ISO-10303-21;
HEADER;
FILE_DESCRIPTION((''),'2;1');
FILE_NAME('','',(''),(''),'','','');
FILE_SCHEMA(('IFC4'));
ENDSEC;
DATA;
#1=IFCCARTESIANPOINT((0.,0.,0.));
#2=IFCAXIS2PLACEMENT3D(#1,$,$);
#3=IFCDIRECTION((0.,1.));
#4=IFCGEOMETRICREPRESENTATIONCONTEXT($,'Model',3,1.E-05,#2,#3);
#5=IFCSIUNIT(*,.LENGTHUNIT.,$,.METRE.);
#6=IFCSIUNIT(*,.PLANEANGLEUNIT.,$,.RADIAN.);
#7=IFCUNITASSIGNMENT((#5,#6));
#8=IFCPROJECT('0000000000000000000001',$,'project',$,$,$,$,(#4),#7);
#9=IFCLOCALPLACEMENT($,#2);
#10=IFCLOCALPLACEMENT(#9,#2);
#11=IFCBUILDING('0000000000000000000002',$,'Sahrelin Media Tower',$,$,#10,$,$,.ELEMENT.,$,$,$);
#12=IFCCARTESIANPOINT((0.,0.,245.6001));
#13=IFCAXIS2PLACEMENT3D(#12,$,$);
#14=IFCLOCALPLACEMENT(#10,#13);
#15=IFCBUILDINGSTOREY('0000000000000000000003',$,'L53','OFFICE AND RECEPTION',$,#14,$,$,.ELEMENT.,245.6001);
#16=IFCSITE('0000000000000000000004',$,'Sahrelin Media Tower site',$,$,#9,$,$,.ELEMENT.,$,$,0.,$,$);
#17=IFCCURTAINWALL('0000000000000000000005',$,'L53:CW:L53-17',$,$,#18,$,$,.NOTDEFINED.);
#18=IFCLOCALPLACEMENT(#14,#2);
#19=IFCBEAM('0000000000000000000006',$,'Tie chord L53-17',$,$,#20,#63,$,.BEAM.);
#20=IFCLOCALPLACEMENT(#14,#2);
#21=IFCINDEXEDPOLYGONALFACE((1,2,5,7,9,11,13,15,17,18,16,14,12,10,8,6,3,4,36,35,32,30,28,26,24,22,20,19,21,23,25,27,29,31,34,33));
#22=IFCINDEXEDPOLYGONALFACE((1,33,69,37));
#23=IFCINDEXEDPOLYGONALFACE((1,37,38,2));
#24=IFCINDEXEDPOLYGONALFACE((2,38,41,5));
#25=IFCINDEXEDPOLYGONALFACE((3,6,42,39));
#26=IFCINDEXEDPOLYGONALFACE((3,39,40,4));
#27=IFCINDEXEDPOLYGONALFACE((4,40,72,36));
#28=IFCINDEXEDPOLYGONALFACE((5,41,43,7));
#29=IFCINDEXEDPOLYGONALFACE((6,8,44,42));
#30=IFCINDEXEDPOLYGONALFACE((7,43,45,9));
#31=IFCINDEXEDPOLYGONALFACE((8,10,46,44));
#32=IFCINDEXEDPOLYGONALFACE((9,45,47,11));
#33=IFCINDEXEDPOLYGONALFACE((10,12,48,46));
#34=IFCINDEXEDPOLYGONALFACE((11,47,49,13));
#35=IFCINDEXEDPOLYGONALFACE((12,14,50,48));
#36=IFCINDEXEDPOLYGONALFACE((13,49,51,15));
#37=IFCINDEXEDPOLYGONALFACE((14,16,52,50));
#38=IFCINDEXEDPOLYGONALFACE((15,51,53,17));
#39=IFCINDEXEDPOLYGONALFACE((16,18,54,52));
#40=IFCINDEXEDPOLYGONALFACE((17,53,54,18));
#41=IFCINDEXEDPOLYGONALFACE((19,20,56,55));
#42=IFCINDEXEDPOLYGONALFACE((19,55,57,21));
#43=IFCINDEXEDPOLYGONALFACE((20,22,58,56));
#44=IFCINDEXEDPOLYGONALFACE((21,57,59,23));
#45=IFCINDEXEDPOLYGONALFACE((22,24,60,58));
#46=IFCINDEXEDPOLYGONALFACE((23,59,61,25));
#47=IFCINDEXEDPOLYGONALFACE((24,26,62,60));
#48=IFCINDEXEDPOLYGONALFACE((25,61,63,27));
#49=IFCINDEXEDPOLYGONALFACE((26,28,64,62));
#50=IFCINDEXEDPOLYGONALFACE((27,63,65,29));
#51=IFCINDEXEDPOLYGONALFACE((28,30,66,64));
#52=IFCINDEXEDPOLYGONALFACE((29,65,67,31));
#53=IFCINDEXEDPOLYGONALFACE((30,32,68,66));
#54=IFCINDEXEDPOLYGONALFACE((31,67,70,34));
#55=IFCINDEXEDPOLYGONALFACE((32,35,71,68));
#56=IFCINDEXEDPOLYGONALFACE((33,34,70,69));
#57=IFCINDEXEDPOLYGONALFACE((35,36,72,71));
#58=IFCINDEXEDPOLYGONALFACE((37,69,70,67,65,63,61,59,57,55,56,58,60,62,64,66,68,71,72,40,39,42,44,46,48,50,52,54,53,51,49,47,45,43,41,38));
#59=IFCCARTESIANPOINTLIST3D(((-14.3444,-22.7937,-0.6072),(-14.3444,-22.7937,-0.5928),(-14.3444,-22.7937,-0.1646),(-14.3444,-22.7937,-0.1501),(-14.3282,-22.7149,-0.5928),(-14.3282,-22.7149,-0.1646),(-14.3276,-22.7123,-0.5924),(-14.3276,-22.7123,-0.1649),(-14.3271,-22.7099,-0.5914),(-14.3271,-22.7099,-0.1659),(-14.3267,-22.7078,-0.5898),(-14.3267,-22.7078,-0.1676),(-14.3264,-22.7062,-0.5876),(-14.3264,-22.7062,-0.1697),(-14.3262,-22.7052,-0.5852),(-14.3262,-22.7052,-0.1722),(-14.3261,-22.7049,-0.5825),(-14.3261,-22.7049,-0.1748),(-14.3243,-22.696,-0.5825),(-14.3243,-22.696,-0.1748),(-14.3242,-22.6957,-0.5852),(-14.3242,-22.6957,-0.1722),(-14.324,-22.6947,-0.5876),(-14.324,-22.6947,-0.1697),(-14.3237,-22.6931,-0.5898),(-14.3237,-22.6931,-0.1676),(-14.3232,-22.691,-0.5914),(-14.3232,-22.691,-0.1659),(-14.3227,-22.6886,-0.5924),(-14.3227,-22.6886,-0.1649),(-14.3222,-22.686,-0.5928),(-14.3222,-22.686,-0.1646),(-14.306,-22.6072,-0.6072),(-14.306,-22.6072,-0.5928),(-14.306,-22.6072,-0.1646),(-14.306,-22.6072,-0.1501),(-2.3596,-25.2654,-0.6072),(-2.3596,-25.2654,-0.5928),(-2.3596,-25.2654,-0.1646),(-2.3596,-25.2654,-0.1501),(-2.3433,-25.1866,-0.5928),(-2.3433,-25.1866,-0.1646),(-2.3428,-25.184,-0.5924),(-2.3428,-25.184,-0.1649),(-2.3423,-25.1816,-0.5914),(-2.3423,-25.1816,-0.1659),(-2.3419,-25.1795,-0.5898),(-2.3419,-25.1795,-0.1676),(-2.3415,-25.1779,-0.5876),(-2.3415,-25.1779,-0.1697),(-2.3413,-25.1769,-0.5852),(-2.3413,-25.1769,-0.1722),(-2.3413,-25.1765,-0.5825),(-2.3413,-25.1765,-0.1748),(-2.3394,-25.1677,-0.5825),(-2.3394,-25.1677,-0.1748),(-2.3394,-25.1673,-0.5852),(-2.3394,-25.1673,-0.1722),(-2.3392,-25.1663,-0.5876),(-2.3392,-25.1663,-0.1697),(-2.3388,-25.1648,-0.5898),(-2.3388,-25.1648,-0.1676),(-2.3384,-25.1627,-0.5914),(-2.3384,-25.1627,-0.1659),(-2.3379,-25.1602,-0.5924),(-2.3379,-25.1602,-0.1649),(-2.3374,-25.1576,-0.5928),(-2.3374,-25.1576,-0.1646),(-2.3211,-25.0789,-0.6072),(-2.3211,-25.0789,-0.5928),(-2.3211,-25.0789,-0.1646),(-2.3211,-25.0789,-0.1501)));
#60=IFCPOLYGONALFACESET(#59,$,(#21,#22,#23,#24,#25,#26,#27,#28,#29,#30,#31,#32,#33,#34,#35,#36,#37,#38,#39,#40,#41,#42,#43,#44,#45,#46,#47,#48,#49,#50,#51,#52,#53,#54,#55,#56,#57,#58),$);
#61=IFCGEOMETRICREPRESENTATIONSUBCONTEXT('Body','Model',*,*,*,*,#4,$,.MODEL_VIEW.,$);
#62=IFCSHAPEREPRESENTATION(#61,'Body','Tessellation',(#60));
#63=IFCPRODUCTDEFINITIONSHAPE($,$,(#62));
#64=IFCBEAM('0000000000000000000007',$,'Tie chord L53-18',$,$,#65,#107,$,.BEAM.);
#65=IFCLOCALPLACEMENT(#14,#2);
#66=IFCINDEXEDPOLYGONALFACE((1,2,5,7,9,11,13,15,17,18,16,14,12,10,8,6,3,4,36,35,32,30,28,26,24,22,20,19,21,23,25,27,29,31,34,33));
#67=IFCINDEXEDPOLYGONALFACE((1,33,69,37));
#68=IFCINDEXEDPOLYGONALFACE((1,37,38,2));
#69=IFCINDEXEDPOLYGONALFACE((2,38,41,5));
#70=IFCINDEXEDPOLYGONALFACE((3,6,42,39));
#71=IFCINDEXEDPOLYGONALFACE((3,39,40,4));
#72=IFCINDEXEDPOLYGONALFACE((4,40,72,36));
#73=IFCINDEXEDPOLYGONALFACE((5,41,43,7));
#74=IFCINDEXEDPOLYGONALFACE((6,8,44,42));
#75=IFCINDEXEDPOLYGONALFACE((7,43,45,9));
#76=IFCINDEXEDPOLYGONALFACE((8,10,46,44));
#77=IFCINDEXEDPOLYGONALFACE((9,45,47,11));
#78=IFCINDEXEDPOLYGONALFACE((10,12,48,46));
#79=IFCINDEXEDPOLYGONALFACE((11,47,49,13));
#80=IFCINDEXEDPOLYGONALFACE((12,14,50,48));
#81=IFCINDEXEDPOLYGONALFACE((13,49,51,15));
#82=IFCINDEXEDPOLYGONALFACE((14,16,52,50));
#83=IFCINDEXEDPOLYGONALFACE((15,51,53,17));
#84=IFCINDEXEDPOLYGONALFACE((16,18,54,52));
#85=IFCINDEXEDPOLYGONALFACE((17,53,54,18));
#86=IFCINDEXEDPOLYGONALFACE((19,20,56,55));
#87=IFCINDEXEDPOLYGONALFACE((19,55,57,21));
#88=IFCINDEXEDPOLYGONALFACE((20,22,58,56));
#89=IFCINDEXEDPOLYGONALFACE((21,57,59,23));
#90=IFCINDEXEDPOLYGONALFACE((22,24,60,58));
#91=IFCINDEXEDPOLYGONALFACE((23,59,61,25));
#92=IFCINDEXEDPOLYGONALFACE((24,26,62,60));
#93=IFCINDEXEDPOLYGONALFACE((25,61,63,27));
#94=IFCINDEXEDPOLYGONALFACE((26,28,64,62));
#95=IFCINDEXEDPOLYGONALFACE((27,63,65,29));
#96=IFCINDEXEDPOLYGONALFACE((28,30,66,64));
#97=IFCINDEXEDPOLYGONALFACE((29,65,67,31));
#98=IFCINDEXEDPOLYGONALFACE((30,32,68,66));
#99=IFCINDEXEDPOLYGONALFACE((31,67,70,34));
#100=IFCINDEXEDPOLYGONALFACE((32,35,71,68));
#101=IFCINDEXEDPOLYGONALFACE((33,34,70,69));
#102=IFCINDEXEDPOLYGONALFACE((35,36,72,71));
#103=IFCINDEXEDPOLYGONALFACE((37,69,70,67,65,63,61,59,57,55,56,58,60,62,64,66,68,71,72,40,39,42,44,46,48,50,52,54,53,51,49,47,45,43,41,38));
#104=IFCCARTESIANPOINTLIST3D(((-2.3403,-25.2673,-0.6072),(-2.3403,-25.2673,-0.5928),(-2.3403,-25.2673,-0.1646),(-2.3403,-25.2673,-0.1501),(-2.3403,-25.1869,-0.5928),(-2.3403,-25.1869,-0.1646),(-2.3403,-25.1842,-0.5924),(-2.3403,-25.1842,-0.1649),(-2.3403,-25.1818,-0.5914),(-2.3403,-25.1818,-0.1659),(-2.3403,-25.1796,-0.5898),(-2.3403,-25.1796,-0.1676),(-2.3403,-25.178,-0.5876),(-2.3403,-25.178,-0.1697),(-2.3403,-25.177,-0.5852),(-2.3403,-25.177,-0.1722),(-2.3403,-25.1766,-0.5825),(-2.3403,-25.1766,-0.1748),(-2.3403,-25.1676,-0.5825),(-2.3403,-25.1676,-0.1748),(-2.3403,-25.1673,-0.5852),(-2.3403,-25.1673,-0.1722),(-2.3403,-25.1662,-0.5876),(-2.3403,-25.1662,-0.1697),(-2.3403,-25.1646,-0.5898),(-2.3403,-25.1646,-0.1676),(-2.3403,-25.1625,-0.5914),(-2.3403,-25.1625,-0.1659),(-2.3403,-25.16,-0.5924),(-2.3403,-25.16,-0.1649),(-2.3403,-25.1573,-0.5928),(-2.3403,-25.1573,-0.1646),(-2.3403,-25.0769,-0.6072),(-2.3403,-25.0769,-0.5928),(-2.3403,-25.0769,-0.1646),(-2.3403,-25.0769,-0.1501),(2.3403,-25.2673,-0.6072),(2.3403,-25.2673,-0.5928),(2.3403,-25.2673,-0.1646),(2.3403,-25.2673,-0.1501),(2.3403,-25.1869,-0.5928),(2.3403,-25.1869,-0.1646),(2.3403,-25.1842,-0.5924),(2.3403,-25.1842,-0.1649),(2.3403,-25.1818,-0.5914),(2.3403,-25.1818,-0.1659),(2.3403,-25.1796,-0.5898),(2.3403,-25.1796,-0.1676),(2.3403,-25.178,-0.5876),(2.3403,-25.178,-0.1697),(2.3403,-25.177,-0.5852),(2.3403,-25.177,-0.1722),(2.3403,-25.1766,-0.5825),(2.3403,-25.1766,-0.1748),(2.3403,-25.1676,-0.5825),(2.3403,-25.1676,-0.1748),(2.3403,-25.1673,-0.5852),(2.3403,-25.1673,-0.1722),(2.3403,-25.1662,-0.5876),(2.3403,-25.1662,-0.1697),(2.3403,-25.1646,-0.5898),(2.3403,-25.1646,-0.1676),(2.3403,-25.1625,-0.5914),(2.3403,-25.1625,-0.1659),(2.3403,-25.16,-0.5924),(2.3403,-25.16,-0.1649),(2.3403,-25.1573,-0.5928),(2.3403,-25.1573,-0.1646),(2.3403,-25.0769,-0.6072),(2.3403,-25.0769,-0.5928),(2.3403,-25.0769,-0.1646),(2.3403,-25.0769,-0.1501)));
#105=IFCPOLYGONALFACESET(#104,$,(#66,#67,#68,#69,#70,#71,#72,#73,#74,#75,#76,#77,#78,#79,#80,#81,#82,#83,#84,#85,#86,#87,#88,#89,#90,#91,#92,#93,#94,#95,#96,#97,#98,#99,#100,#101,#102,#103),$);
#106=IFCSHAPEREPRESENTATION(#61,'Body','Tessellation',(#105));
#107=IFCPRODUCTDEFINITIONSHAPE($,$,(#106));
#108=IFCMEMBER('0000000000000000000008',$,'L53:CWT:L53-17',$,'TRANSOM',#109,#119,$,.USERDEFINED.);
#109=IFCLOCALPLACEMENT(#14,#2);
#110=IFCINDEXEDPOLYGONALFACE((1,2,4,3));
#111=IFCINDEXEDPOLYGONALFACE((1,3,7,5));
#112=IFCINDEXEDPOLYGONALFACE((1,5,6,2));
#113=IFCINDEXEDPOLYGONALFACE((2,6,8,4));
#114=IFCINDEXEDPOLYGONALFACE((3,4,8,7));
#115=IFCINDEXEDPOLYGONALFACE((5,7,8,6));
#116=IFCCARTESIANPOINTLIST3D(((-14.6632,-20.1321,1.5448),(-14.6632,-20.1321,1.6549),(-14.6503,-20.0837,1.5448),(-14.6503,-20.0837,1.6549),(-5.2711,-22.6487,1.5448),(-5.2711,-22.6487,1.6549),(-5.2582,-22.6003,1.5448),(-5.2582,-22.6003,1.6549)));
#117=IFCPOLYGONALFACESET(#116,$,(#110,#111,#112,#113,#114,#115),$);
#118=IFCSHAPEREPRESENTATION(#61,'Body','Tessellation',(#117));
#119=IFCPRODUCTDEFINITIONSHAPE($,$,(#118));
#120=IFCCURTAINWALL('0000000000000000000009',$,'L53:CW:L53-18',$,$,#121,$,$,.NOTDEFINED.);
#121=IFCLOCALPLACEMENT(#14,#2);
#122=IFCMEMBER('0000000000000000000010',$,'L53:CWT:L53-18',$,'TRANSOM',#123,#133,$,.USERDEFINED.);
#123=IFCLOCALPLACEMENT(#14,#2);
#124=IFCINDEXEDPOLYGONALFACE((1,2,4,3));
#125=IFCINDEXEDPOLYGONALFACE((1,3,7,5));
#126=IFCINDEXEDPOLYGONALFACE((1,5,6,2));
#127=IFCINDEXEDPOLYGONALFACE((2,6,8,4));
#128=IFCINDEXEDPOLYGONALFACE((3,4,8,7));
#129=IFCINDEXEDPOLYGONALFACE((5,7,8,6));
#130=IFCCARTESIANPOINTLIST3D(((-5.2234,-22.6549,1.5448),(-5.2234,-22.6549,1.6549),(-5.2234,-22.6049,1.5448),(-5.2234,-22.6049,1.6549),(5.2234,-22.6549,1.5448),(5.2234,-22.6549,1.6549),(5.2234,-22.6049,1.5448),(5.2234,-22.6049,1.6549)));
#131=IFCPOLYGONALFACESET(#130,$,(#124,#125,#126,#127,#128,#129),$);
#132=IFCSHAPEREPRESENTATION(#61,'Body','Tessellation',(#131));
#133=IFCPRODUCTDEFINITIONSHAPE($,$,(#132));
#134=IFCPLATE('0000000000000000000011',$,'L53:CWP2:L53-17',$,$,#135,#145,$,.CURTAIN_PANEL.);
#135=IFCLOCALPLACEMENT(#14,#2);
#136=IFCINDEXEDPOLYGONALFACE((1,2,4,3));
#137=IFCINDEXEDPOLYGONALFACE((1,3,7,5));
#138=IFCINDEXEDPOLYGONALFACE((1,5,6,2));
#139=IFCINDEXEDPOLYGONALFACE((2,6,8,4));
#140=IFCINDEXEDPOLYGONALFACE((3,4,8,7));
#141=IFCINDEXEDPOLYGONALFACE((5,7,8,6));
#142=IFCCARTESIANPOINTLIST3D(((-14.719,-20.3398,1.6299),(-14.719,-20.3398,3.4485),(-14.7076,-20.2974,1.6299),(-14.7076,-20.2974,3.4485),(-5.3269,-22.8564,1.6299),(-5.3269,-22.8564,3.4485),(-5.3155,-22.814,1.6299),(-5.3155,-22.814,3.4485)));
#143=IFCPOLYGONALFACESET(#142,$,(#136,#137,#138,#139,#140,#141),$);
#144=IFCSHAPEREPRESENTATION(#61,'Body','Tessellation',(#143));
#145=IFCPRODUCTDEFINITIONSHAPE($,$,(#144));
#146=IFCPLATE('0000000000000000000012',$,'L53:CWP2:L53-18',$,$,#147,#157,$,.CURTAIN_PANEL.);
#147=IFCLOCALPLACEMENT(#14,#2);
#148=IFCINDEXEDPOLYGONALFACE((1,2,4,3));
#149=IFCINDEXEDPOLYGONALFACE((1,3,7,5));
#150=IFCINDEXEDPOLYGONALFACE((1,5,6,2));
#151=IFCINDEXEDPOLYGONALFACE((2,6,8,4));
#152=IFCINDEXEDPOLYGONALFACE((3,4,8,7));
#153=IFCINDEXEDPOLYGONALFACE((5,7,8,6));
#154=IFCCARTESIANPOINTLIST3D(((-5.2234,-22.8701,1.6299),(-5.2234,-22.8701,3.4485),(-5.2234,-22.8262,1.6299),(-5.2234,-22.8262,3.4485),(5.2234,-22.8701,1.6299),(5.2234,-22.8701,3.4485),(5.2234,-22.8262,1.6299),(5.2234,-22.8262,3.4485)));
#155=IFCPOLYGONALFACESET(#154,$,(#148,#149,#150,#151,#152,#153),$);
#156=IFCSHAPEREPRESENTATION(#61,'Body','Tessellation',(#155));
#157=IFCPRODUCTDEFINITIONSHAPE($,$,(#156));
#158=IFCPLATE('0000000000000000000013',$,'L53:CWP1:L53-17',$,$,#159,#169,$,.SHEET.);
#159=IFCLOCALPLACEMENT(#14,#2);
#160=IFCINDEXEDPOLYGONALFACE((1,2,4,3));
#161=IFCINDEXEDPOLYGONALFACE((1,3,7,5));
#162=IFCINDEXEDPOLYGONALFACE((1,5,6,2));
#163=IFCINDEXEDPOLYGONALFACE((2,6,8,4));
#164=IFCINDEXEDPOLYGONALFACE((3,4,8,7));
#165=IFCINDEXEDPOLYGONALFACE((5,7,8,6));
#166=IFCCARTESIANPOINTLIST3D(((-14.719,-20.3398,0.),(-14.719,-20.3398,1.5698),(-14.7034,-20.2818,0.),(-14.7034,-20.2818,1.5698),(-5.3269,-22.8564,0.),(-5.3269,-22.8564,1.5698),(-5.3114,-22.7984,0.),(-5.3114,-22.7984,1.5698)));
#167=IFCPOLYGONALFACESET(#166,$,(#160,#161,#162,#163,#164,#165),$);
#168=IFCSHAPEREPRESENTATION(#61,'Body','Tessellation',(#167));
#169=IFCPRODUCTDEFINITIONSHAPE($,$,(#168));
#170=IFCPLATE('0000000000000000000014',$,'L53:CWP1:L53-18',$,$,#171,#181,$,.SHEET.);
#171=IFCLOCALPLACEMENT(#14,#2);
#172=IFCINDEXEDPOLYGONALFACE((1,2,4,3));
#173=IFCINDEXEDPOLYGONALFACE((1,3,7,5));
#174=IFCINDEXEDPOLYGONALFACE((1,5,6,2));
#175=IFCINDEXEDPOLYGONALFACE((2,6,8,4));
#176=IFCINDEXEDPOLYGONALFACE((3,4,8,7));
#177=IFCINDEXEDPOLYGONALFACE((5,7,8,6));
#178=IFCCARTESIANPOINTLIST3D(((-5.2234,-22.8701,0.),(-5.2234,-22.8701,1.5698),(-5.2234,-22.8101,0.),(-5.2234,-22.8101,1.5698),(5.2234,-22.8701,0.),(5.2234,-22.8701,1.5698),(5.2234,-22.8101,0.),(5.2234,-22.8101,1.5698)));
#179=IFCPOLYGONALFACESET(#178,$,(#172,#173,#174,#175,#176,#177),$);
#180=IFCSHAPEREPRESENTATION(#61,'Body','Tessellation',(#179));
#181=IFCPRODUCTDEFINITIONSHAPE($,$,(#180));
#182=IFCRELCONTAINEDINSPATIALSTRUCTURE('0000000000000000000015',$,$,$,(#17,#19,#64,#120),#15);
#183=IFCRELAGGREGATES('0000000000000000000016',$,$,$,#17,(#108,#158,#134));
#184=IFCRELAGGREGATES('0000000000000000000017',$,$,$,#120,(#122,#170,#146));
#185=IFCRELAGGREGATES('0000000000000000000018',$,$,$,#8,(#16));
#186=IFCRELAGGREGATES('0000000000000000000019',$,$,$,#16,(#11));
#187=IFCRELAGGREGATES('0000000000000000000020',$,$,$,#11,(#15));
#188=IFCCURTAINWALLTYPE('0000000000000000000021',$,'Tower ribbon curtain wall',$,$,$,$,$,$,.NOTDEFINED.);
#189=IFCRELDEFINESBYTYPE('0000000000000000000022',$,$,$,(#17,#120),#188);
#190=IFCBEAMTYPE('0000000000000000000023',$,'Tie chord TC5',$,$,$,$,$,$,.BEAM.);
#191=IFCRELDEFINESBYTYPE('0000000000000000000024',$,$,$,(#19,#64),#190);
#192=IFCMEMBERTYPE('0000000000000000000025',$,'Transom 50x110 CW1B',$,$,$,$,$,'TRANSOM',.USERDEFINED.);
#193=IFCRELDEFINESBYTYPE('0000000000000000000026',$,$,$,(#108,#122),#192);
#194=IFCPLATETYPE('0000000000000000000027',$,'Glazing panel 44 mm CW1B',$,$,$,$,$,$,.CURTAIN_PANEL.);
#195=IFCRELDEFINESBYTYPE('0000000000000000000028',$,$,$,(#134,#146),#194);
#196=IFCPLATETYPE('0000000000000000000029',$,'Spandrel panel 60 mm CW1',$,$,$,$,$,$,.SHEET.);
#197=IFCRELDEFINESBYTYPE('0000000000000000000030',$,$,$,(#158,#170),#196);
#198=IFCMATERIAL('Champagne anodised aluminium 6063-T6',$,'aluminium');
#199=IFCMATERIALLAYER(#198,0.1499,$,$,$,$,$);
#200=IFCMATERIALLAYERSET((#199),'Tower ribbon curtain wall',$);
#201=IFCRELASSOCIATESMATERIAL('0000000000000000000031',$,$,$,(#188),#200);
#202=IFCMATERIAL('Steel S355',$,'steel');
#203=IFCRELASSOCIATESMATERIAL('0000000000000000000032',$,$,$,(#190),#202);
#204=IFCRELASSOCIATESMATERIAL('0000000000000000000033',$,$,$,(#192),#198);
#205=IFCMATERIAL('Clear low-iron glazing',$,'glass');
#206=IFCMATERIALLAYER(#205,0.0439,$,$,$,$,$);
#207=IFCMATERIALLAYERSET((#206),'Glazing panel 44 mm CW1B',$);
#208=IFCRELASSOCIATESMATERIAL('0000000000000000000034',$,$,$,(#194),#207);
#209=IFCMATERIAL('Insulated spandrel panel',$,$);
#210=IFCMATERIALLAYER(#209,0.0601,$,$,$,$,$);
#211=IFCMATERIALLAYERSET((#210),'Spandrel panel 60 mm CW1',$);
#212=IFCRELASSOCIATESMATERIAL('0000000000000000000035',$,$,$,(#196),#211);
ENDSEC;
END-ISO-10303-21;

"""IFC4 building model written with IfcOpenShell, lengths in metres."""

from ifc_helpers import new_model, si_unit, direction, frame, origin, origin_2d, place, context, subcontext, project, spatial, polyline, rectangle, i_section, outline, extrude, material, layer, layer_set, material_profile, profile_set, type_object, element, aggregate, save


model = new_model("IFC4")

# Units and contexts
model_context = context("Model", 3, precision=1e-05, world=origin(), true_north=direction((0.0, 1.0)))
body_context = subcontext(model_context, "Body", "Model", "MODEL_VIEW")
ifc_project = project(units=[si_unit("LENGTHUNIT", "METRE"), si_unit("PLANEANGLEUNIT", "RADIAN")], contexts=[model_context])

# Site, building, storey
site_placement = place(None, origin())
site = spatial("IfcSite", under=ifc_project, at=site_placement, Name="Sahrelin Media Tower site", CompositionType="ELEMENT", RefElevation=0.0)
building_placement = place(site_placement, origin())
building = spatial("IfcBuilding", under=site, at=building_placement, Name="Sahrelin Media Tower", CompositionType="ELEMENT")
storey_placement = place(building_placement, frame((0.0, 0.0, 245.6001)))
storey = spatial("IfcBuildingStorey", under=building, at=storey_placement, Name="L53", Description="OFFICE AND RECEPTION", CompositionType="ELEMENT", Elevation=245.6001)

# Shared definitions
ifc_material_1 = material(Name="Steel S355", Category="steel")

# Curtain wall
ifc_material_2 = material(Name="Champagne anodised aluminium 6063-T6", Category="aluminium")
ifc_layer_1 = layer(ifc_material_2, 0.1499)
ifc_layer_set_1 = layer_set([ifc_layer_1], Name="Tower ribbon curtain wall")
curtain_wall_type = type_object("IfcCurtainWallType", Name="Tower ribbon curtain wall", PredefinedType="NOTDEFINED", material=ifc_layer_set_1)
curtain_wall_1_placement = place(storey_placement, frame((-10.0176, -21.5786, 0.0), z_axis=(0.0, 0.0, 1.0), x_axis=(1.0, 0.0, 0.0)))
curtain_wall_1 = element("IfcCurtainWall", 1, at=curtain_wall_1_placement, inside=storey, type_object=curtain_wall_type, Name="L53:CW:L53-17", PredefinedType="NOTDEFINED")

# Beams
ifc_material_profile_1 = material_profile(ifc_material_1, i_section(OverallWidth=0.1904, OverallDepth=0.457, WebThickness=0.009, FlangeThickness=0.0144, FilletRadius=0.0103, at=origin_2d()), Name="UB 457x191x74")
ifc_profile_set_1 = profile_set([ifc_material_profile_1], Name="Steel S355")
beam_type_1 = type_object("IfcBeamType", Name="Tie chord TC5", PredefinedType="BEAM", material=ifc_profile_set_1)
beam_1_placement = place(storey_placement, frame((-14.3252, -22.7004, -0.3787), z_axis=(0.979389, -0.201983, 0.0), x_axis=(0.201983, 0.979389, 0.0)))
element("IfcBeam", 2, at=beam_1_placement, inside=storey, type_object=beam_type_1, Name="Tie chord L53-17", PredefinedType="BEAM", context=body_context, shape_type="SweptSolid", body=[
    extrude(i_section(OverallWidth=0.1904, OverallDepth=0.457, WebThickness=0.009, FlangeThickness=0.0144, FilletRadius=0.0103, at=origin_2d()), origin(), (0.0, 0.0, 1.0), 12.2371),
])
beam_2_placement = place(storey_placement, frame((-2.3403, -25.1721, -0.3787), z_axis=(1.0, 0.0, 0.0), x_axis=(0.0, 1.0, 0.0)))
element("IfcBeam", 3, at=beam_2_placement, inside=storey, type_object=beam_type_1, Name="Tie chord L53-18", PredefinedType="BEAM", context=body_context, shape_type="SweptSolid", body=[
    extrude(i_section(OverallWidth=0.1904, OverallDepth=0.457, WebThickness=0.009, FlangeThickness=0.0144, FilletRadius=0.0103, at=origin_2d()), origin(), (0.0, 0.0, 1.0), 4.6807),
])

# Member
ifc_material_profile_2 = material_profile(ifc_material_2, rectangle(XDim=0.05, YDim=0.1101, at=origin_2d()), Name="Transom 50x110")
ifc_profile_set_2 = profile_set([ifc_material_profile_2], Name="Champagne anodised aluminium 6063-T6")
member_type_1 = type_object("IfcMemberType", Name="Transom 50x110 CW1B", ElementType="TRANSOM", PredefinedType="USERDEFINED", material=ifc_profile_set_2)
member_1_placement = place(storey_placement, frame((-14.6567, -20.1079, 1.5999), z_axis=(0.965926, -0.258819, 0.0), x_axis=(0.258819, 0.965926, 0.0)))
member_1 = element("IfcMember", 4, at=member_1_placement, type_object=member_type_1, Name="L53:CWT:L53-17", ObjectType="TRANSOM", PredefinedType="USERDEFINED", context=body_context, shape_type="SweptSolid", body=[
    extrude(rectangle(XDim=0.05, YDim=0.1101, at=origin_2d()), origin(), (0.0, 0.0, 1.0), 9.7234),
])

# Curtain wall, member
curtain_wall_2_placement = place(storey_placement, frame((0.0, -22.8501, 0.0), z_axis=(0.0, 0.0, 1.0), x_axis=(1.0, 0.0, 0.0)))
curtain_wall_2 = element("IfcCurtainWall", 5, at=curtain_wall_2_placement, inside=storey, type_object=curtain_wall_type, Name="L53:CW:L53-18", PredefinedType="NOTDEFINED")
member_2_placement = place(storey_placement, frame((-5.2234, -22.6299, 1.5999), z_axis=(1.0, 0.0, 0.0), x_axis=(0.0, 1.0, 0.0)))
member_2 = element("IfcMember", 6, at=member_2_placement, type_object=member_type_1, Name="L53:CWT:L53-18", ObjectType="TRANSOM", PredefinedType="USERDEFINED", context=body_context, shape_type="SweptSolid", body=[
    extrude(rectangle(XDim=0.05, YDim=0.1101, at=origin_2d()), origin(), (0.0, 0.0, 1.0), 10.4468),
])

# Plates
ifc_material_3 = material(Name="Clear low-iron glazing", Category="glass")
ifc_layer_2 = layer(ifc_material_3, 0.0439)
ifc_layer_set_2 = layer_set([ifc_layer_2], Name="Glazing panel 44 mm CW1B")
plate_type_1 = type_object("IfcPlateType", Name="Glazing panel 44 mm CW1B", PredefinedType="CURTAIN_PANEL", material=ifc_layer_set_2)
plate_1_placement = place(storey_placement, frame((-14.719, -20.3398, 1.6299), z_axis=(-0.258819, -0.965926, 0.0), x_axis=(0.965926, -0.258819, 0.0)))
plate_1 = element("IfcPlate", 7, at=plate_1_placement, type_object=plate_type_1, Name="L53:CWP2:L53-17", PredefinedType="CURTAIN_PANEL", context=body_context, shape_type="SweptSolid", body=[
    extrude(outline(polyline([(0.0, 0.0), (9.7234, 0.0), (9.7234, 1.8186), (0.0, 1.8186), (0.0, 0.0)])), origin(), (0.0, 0.0, -1.0), 0.0439),
])
plate_2_placement = place(storey_placement, frame((-5.2234, -22.8701, 1.6299), z_axis=(0.0, -1.0, 0.0), x_axis=(1.0, 0.0, 0.0)))
plate_2 = element("IfcPlate", 8, at=plate_2_placement, type_object=plate_type_1, Name="L53:CWP2:L53-18", PredefinedType="CURTAIN_PANEL", context=body_context, shape_type="SweptSolid", body=[
    extrude(outline(polyline([(0.0, 0.0), (10.4468, 0.0), (10.4468, 1.8186), (0.0, 1.8186), (0.0, 0.0)])), origin(), (0.0, 0.0, -1.0), 0.0439),
])
ifc_material_4 = material(Name="Insulated spandrel panel")
ifc_layer_3 = layer(ifc_material_4, 0.0601)
ifc_layer_set_3 = layer_set([ifc_layer_3], Name="Spandrel panel 60 mm CW1")
plate_type_2 = type_object("IfcPlateType", Name="Spandrel panel 60 mm CW1", PredefinedType="SHEET", material=ifc_layer_set_3)
plate_3_placement = place(storey_placement, frame((-14.719, -20.3398, 0.0), z_axis=(-0.258819, -0.965926, 0.0), x_axis=(0.965926, -0.258819, 0.0)))
plate_3 = element("IfcPlate", 9, at=plate_3_placement, type_object=plate_type_2, Name="L53:CWP1:L53-17", PredefinedType="SHEET", context=body_context, shape_type="SweptSolid", body=[
    extrude(outline(polyline([(0.0, 0.0), (9.7234, 0.0), (9.7234, 1.5698), (0.0, 1.5698), (0.0, 0.0)])), origin(), (0.0, 0.0, -1.0), 0.0601),
])
aggregate(curtain_wall_1, [member_1, plate_3, plate_1])
plate_4_placement = place(storey_placement, frame((-5.2234, -22.8701, 0.0), z_axis=(0.0, -1.0, 0.0), x_axis=(1.0, 0.0, 0.0)))
plate_4 = element("IfcPlate", 10, at=plate_4_placement, type_object=plate_type_2, Name="L53:CWP1:L53-18", PredefinedType="SHEET", context=body_context, shape_type="SweptSolid", body=[
    extrude(outline(polyline([(0.0, 0.0), (10.4468, 0.0), (10.4468, 1.5698), (0.0, 1.5698), (0.0, 0.0)])), origin(), (0.0, 0.0, -1.0), 0.0601),
])
aggregate(curtain_wall_2, [member_2, plate_4, plate_2])

save(model, "model.ifc")
